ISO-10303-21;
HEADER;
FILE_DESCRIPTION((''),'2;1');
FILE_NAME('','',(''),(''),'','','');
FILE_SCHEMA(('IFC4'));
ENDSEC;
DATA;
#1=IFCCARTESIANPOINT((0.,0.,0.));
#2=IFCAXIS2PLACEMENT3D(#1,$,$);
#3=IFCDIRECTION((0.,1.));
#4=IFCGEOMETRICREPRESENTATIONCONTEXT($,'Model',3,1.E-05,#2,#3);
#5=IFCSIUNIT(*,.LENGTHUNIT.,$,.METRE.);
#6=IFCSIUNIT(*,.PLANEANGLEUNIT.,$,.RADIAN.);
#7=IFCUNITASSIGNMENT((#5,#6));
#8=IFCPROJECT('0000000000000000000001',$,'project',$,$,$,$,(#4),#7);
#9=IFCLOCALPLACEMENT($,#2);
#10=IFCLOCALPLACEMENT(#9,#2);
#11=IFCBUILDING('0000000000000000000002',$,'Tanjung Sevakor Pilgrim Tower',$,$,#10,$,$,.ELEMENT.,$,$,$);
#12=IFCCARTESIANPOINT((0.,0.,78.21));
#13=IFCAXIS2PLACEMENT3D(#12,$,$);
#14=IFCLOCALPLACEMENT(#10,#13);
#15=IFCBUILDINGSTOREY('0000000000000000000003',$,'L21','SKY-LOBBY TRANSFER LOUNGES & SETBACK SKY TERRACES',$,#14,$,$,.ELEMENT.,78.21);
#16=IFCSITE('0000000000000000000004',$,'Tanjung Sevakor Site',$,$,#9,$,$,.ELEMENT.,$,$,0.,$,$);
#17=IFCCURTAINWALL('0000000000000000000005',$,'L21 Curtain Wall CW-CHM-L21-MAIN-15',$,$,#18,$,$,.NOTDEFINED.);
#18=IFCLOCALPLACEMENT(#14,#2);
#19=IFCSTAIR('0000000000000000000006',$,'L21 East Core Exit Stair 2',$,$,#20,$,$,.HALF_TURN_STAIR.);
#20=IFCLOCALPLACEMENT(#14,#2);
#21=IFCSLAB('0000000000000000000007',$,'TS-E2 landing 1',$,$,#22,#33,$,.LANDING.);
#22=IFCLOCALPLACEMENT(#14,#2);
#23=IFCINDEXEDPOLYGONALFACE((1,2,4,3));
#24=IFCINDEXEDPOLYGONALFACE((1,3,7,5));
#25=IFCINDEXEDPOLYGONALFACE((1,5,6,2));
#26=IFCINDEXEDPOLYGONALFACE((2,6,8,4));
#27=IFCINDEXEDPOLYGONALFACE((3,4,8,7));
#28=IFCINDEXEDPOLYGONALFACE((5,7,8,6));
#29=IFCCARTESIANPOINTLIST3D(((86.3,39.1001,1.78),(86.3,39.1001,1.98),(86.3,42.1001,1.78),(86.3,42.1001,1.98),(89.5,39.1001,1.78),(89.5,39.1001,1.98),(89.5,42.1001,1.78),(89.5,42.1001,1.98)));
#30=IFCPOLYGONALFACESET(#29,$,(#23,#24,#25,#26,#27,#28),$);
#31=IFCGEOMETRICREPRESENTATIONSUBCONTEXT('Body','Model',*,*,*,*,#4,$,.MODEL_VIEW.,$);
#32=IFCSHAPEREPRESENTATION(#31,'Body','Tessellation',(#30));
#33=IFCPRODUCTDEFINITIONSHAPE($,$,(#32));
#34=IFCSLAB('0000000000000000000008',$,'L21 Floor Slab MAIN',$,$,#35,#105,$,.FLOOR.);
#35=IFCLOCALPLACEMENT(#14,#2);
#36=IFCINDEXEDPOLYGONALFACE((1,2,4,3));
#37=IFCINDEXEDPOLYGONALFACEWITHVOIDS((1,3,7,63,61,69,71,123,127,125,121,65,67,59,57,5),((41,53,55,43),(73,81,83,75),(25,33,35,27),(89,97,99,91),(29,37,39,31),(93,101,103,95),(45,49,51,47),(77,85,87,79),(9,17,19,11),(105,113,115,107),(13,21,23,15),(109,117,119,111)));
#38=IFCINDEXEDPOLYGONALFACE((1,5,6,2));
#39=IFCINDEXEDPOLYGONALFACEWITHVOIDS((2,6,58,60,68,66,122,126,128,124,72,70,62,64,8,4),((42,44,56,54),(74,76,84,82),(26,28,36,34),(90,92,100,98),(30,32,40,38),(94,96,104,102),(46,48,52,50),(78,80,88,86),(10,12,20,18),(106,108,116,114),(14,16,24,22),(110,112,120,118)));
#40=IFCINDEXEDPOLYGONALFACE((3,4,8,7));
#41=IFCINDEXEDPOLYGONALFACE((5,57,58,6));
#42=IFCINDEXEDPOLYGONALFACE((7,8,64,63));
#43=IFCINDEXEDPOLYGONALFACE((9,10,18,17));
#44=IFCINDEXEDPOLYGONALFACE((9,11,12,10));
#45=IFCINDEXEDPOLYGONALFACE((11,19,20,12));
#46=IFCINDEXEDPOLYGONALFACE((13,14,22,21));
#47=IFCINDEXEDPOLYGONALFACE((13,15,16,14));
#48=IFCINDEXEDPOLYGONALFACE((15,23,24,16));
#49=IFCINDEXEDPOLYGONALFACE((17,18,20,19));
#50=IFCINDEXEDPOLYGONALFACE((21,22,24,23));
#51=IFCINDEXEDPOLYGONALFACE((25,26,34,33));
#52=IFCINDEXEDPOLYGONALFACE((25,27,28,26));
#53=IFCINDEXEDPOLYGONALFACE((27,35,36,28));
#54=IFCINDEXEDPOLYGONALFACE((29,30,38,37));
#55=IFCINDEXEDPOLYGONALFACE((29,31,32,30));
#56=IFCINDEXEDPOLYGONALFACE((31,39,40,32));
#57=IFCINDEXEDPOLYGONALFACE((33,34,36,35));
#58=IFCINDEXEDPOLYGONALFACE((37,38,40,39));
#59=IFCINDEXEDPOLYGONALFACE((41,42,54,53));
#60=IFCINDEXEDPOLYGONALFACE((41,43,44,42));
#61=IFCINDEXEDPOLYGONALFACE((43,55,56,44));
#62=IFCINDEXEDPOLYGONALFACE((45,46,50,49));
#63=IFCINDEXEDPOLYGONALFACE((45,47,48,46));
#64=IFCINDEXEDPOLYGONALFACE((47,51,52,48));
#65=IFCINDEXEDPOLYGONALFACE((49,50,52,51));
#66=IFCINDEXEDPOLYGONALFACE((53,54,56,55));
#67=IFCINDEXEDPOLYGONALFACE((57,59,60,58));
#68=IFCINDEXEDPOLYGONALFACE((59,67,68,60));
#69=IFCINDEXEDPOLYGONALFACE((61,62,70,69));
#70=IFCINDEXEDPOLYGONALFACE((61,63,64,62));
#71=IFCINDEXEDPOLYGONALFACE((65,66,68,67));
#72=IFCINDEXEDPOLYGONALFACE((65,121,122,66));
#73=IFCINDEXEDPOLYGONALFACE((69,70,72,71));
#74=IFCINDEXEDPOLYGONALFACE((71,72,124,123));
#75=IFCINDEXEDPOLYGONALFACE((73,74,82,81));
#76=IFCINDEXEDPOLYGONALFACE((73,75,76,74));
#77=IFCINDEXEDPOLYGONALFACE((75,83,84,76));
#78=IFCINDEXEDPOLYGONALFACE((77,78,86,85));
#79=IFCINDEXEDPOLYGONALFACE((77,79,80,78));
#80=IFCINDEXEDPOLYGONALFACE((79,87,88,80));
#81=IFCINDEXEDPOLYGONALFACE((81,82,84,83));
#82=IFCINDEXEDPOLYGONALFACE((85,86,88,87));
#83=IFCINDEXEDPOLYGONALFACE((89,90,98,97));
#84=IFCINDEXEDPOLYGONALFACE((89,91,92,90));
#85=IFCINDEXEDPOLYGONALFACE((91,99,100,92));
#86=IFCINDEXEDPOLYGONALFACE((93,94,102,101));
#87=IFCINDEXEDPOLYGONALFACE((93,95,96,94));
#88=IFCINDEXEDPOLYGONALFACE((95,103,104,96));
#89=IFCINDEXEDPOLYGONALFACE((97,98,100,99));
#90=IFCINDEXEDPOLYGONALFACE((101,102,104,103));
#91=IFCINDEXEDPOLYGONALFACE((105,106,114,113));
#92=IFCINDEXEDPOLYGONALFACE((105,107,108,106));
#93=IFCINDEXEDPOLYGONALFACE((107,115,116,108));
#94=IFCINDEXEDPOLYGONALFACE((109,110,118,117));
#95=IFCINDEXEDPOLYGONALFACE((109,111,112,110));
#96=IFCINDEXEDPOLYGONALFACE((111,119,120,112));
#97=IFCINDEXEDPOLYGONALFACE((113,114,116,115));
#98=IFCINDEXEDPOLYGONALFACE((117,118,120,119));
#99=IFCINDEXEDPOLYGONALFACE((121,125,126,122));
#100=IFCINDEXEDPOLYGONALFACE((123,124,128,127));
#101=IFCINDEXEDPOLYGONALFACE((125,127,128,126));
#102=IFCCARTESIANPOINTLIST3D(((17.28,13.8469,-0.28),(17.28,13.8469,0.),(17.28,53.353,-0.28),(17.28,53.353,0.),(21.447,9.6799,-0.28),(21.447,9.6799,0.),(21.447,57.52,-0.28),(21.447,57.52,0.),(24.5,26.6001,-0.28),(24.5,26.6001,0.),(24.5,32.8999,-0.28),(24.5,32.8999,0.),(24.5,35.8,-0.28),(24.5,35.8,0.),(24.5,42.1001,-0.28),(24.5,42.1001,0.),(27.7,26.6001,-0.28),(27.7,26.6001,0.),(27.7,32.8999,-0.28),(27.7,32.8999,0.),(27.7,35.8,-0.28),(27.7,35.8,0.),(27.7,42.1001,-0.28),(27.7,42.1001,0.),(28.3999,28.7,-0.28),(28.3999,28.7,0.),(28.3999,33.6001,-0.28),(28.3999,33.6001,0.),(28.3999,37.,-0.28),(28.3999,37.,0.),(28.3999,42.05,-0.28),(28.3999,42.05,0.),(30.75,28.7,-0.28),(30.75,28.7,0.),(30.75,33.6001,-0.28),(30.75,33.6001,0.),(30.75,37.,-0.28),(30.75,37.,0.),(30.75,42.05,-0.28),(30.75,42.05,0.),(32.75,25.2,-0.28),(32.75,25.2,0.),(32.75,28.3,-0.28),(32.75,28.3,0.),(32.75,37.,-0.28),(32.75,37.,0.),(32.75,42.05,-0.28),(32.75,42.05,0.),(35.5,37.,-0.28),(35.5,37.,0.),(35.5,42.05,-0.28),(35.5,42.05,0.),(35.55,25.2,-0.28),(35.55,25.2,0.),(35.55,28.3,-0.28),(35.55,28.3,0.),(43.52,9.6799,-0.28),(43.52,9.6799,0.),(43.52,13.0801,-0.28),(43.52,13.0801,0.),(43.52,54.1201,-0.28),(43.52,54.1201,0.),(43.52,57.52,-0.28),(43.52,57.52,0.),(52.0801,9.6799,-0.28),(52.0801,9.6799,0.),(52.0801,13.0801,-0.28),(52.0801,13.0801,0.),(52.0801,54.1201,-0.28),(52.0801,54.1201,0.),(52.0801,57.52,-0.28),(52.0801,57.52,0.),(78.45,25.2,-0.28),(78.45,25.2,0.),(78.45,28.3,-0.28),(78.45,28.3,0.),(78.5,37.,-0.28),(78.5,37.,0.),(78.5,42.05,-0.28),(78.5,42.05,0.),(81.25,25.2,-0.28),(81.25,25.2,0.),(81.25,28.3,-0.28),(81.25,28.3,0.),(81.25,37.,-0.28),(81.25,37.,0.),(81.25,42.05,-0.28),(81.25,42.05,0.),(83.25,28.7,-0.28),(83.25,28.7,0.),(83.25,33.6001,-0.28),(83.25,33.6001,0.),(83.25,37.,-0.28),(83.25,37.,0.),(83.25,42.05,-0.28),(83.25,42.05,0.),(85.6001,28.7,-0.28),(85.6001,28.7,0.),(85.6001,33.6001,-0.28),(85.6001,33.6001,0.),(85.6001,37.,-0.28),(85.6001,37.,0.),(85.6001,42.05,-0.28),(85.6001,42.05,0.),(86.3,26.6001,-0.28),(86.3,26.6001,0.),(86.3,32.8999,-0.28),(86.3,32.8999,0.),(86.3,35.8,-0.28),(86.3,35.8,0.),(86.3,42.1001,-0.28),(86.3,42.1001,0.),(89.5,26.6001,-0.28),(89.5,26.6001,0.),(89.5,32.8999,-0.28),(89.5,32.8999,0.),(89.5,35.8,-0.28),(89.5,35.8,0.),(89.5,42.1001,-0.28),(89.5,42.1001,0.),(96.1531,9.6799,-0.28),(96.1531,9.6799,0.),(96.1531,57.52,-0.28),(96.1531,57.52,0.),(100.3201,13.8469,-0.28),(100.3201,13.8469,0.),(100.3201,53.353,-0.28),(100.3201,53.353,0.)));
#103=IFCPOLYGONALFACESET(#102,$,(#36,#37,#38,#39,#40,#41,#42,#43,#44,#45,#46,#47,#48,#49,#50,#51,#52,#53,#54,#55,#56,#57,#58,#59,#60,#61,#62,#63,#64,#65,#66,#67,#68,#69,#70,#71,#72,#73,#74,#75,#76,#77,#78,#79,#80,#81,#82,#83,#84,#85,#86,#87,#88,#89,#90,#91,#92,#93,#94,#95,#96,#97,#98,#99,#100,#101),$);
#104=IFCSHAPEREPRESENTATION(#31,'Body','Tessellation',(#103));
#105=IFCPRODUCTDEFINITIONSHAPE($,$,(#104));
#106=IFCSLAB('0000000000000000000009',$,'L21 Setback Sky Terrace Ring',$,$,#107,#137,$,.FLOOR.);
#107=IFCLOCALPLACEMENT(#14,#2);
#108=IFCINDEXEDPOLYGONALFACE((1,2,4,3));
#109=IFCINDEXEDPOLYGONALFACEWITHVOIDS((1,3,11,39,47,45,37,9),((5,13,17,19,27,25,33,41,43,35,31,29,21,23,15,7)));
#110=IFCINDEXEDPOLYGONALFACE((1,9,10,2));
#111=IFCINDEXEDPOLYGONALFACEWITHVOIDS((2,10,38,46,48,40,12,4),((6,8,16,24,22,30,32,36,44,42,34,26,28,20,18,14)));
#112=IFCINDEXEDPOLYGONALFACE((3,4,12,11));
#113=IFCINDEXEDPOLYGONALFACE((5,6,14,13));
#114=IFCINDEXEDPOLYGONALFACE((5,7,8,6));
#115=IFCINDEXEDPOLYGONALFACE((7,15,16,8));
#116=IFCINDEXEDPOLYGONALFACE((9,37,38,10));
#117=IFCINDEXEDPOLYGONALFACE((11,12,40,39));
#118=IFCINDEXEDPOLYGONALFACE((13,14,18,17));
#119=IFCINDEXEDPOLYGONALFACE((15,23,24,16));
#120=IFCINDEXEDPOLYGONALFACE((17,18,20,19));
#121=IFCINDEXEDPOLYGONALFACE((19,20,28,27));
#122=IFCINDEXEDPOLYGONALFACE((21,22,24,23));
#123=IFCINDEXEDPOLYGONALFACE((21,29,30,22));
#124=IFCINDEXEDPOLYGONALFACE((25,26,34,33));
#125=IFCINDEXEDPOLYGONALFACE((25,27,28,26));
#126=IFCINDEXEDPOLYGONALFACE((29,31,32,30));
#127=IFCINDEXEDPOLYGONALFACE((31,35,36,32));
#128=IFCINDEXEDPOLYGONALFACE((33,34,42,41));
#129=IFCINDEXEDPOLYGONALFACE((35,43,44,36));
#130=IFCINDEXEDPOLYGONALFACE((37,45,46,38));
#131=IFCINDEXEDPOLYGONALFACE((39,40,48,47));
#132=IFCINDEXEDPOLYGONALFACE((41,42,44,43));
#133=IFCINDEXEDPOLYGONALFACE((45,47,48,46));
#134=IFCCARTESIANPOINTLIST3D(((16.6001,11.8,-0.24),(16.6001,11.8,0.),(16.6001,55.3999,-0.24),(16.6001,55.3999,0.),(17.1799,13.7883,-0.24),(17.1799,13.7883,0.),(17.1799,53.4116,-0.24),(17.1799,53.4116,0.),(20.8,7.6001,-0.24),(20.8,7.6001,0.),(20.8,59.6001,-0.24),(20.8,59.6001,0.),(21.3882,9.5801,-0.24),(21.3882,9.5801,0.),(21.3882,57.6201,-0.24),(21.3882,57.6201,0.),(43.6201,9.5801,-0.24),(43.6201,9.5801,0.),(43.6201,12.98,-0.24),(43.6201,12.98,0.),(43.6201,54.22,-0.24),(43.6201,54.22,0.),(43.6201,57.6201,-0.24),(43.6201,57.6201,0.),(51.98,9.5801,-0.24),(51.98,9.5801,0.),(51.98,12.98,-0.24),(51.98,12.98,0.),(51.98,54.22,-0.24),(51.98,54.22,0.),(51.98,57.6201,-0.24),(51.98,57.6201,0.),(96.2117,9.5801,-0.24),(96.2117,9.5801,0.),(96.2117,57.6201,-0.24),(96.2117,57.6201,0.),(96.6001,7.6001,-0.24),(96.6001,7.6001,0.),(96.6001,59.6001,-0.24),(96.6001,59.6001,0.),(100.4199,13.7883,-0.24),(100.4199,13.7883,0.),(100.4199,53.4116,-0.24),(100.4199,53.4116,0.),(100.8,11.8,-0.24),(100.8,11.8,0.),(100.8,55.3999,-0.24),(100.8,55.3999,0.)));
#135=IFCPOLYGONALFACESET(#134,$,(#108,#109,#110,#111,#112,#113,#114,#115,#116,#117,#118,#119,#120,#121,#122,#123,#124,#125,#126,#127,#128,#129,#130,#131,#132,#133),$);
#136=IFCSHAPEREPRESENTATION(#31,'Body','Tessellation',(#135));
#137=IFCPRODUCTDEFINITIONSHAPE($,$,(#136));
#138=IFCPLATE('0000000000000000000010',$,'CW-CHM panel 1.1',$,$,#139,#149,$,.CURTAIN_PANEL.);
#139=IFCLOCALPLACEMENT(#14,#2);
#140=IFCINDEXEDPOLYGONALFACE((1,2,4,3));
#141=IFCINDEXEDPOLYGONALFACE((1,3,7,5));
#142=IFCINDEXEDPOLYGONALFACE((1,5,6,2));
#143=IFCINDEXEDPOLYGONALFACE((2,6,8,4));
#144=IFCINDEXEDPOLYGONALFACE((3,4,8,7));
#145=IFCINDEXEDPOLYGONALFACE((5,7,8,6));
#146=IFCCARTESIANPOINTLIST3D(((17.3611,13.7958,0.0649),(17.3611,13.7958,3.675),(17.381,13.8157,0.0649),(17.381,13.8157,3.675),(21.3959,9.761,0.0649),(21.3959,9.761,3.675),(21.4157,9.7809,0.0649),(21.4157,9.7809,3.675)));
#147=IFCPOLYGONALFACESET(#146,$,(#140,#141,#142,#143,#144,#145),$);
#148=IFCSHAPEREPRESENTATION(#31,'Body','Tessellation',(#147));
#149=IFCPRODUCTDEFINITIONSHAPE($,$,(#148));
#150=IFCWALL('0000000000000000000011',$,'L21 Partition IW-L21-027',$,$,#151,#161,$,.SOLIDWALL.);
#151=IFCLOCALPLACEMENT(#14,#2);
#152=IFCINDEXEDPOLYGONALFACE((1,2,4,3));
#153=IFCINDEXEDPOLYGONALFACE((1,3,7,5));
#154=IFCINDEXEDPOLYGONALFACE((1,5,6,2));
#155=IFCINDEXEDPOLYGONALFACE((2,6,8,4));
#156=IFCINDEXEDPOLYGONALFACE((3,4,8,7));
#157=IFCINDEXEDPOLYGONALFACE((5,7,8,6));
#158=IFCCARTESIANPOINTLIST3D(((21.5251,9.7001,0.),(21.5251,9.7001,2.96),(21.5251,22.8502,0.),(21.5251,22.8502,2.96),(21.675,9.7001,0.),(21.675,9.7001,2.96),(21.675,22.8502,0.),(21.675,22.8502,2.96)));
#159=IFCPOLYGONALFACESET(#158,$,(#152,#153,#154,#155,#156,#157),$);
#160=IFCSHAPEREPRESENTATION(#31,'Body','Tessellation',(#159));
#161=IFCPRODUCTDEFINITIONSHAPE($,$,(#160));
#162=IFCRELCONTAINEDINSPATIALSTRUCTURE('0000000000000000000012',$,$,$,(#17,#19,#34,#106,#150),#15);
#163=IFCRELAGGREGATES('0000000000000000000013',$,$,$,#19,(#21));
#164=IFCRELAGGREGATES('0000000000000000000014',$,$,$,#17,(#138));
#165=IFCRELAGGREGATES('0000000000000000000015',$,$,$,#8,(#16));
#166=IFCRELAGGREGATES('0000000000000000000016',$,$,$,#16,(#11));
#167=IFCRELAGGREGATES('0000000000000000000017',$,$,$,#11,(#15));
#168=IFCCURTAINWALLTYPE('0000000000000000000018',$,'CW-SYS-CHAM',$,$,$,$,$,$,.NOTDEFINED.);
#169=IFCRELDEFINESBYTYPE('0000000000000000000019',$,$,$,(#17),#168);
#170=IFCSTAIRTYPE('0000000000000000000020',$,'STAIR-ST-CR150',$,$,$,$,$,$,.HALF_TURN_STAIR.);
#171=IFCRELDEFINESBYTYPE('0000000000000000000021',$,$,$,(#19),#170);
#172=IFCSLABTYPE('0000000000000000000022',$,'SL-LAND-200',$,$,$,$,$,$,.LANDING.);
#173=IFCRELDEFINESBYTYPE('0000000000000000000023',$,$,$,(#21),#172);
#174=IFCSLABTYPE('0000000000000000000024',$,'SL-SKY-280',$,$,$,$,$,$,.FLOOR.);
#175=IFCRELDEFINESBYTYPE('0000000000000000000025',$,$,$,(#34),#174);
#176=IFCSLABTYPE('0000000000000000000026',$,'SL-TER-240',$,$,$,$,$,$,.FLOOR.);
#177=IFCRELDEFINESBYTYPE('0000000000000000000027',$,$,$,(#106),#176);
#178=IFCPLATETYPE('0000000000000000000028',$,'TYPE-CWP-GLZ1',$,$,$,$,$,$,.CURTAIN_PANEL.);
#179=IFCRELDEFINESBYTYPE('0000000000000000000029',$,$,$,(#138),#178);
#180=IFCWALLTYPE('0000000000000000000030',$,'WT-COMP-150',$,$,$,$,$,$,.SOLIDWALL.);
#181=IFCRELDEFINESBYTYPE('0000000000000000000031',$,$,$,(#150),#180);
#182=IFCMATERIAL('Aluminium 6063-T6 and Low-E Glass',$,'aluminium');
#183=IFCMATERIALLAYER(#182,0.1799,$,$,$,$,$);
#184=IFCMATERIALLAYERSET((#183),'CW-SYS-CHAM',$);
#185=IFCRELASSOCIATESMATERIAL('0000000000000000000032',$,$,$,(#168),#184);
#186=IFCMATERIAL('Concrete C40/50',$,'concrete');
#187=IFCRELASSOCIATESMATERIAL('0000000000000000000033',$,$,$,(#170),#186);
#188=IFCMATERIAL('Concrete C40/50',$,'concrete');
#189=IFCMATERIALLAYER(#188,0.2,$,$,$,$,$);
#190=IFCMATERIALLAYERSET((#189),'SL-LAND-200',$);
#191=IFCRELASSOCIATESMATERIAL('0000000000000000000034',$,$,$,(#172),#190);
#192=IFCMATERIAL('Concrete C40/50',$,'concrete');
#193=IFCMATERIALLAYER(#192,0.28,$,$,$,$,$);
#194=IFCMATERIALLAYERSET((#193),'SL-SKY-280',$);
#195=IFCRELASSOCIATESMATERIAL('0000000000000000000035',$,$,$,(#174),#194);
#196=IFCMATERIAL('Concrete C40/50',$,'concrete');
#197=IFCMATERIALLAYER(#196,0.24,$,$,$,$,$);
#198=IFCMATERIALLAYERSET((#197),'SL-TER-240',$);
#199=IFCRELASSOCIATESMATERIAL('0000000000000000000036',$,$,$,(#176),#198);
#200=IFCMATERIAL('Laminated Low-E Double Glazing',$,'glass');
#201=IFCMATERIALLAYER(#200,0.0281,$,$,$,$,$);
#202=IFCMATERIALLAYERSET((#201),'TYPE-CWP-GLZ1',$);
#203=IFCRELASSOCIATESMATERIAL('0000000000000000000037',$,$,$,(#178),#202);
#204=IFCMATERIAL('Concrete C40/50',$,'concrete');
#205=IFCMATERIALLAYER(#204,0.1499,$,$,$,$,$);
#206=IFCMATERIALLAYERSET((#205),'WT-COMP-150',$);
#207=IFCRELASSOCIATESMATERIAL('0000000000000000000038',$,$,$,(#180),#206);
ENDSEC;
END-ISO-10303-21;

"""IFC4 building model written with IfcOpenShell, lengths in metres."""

from ifc_helpers import new_model, si_unit, direction, frame, frame_2d, origin, origin_2d, place, context, subcontext, project, spatial, polyline, rectangle, outline, extrude, material, layer, layer_set, type_object, element, aggregate, save


model = new_model("IFC4")

# Units and contexts
model_context = context("Model", 3, precision=1e-05, world=origin(), true_north=direction((0.0, 1.0)))
body_context = subcontext(model_context, "Body", "Model", "MODEL_VIEW")
ifc_project = project(units=[si_unit("LENGTHUNIT", "METRE"), si_unit("PLANEANGLEUNIT", "RADIAN")], contexts=[model_context])

# Site, building, storey
site_placement = place(None, origin())
site = spatial("IfcSite", under=ifc_project, at=site_placement, Name="Tanjung Sevakor Site", CompositionType="ELEMENT", RefElevation=0.0)
building_placement = place(site_placement, origin())
building = spatial("IfcBuilding", under=site, at=building_placement, Name="Tanjung Sevakor Pilgrim Tower", CompositionType="ELEMENT")
storey_placement = place(building_placement, frame((0.0, 0.0, 78.21)))
storey = spatial("IfcBuildingStorey", under=building, at=storey_placement, Name="L21", Description="SKY-LOBBY TRANSFER LOUNGES & SETBACK SKY TERRACES", CompositionType="ELEMENT", Elevation=78.21)

# Curtain wall
ifc_material_1 = material(Name="Aluminium 6063-T6 and Low-E Glass", Category="aluminium")
ifc_layer_1 = layer(ifc_material_1, 0.1799)
ifc_layer_set_1 = layer_set([ifc_layer_1], Name="CW-SYS-CHAM")
curtain_wall_type = type_object("IfcCurtainWallType", Name="CW-SYS-CHAM", PredefinedType="NOTDEFINED", material=ifc_layer_set_1)
curtain_wall_placement = place(storey_placement, origin())
curtain_wall = element("IfcCurtainWall", 1, at=curtain_wall_placement, inside=storey, type_object=curtain_wall_type, Name="L21 Curtain Wall CW-CHM-L21-MAIN-15", PredefinedType="NOTDEFINED")

# Stair, slab
ifc_material_2 = material(Name="Concrete C40/50", Category="concrete")
stair_type = type_object("IfcStairType", Name="STAIR-ST-CR150", PredefinedType="HALF_TURN_STAIR", material=ifc_material_2)
ifc_material_3 = material(Name="Concrete C40/50", Category="concrete")
ifc_layer_2 = layer(ifc_material_3, 0.2)
ifc_layer_set_2 = layer_set([ifc_layer_2], Name="SL-LAND-200")
slab_type_1 = type_object("IfcSlabType", Name="SL-LAND-200", PredefinedType="LANDING", material=ifc_layer_set_2)
stair_1_placement = place(storey_placement, origin())
stair_1 = element("IfcStair", 2, at=stair_1_placement, inside=storey, type_object=stair_type, Name="L21 East Core Exit Stair 2", PredefinedType="HALF_TURN_STAIR")
slab_1_placement = place(storey_placement, frame((0.0, 0.0, 1.78)))
slab_1 = element("IfcSlab", 3, at=slab_1_placement, type_object=slab_type_1, Name="TS-E2 landing 1", PredefinedType="LANDING", context=body_context, shape_type="SweptSolid", body=[
    extrude(outline(polyline([(89.5, 39.1001), (89.5, 42.1001), (86.3, 42.1001), (86.3, 39.1001), (89.5, 39.1001)])), origin(), (0.0, 0.0, 1.0), 0.2),
])
aggregate(stair_1, [slab_1])

# Slabs
ifc_material_4 = material(Name="Concrete C40/50", Category="concrete")
ifc_layer_3 = layer(ifc_material_4, 0.28)
ifc_layer_set_3 = layer_set([ifc_layer_3], Name="SL-SKY-280")
slab_type_2 = type_object("IfcSlabType", Name="SL-SKY-280", PredefinedType="FLOOR", material=ifc_layer_set_3)
slab_2_placement = place(storey_placement, frame((0.0, 0.0, -0.28)))
element("IfcSlab", 4, at=slab_2_placement, inside=storey, type_object=slab_type_2, Name="L21 Floor Slab MAIN", PredefinedType="FLOOR", context=body_context, shape_type="SweptSolid", body=[
    extrude(outline(polyline([(21.447, 9.6799), (43.52, 9.6799), (43.52, 13.0801), (52.0801, 13.0801), (52.0801, 9.6799), (96.1531, 9.6799), (100.3201, 13.8469), (100.3201, 53.353), (96.1531, 57.52), (52.0801, 57.52), (52.0801, 54.1201), (43.52, 54.1201), (43.52, 57.52), (21.447, 57.52), (17.28, 53.353), (17.28, 13.8469), (21.447, 9.6799)]), holes=[polyline([(27.7, 26.6001), (27.7, 32.8999), (24.5, 32.8999), (24.5, 26.6001), (27.7, 26.6001)]), polyline([(27.7, 35.8), (27.7, 42.1001), (24.5, 42.1001), (24.5, 35.8), (27.7, 35.8)]), polyline([(89.5, 26.6001), (89.5, 32.8999), (86.3, 32.8999), (86.3, 26.6001), (89.5, 26.6001)]), polyline([(89.5, 35.8), (89.5, 42.1001), (86.3, 42.1001), (86.3, 35.8), (89.5, 35.8)]), polyline([(32.75, 25.2), (35.55, 25.2), (35.55, 28.3), (32.75, 28.3), (32.75, 25.2)]), polyline([(28.3999, 28.7), (30.75, 28.7), (30.75, 33.6001), (28.3999, 33.6001), (28.3999, 28.7)]), polyline([(28.3999, 37.0), (30.75, 37.0), (30.75, 42.05), (28.3999, 42.05), (28.3999, 37.0)]), polyline([(32.75, 37.0), (35.5, 37.0), (35.5, 42.05), (32.75, 42.05), (32.75, 37.0)]), polyline([(78.45, 25.2), (81.25, 25.2), (81.25, 28.3), (78.45, 28.3), (78.45, 25.2)]), polyline([(83.25, 28.7), (85.6001, 28.7), (85.6001, 33.6001), (83.25, 33.6001), (83.25, 28.7)]), polyline([(83.25, 37.0), (85.6001, 37.0), (85.6001, 42.05), (83.25, 42.05), (83.25, 37.0)]), polyline([(78.5, 37.0), (81.25, 37.0), (81.25, 42.05), (78.5, 42.05), (78.5, 37.0)])]), origin(), (0.0, 0.0, 1.0), 0.28),
])
ifc_material_5 = material(Name="Concrete C40/50", Category="concrete")
ifc_layer_4 = layer(ifc_material_5, 0.24)
ifc_layer_set_4 = layer_set([ifc_layer_4], Name="SL-TER-240")
slab_type_3 = type_object("IfcSlabType", Name="SL-TER-240", PredefinedType="FLOOR", material=ifc_layer_set_4)
slab_3_placement = place(storey_placement, frame((0.0, 0.0, -0.24)))
element("IfcSlab", 5, at=slab_3_placement, inside=storey, type_object=slab_type_3, Name="L21 Setback Sky Terrace Ring", PredefinedType="FLOOR", context=body_context, shape_type="SweptSolid", body=[
    extrude(outline(polyline([(20.8, 7.6001), (96.6001, 7.6001), (100.8, 11.8), (100.8, 55.3999), (96.6001, 59.6001), (20.8, 59.6001), (16.6001, 55.3999), (16.6001, 11.8), (20.8, 7.6001)]), holes=[polyline([(21.3882, 9.5801), (43.6201, 9.5801), (43.6201, 12.98), (51.98, 12.98), (51.98, 9.5801), (96.2117, 9.5801), (100.4199, 13.7883), (100.4199, 53.4116), (96.2117, 57.6201), (51.98, 57.6201), (51.98, 54.22), (43.6201, 54.22), (43.6201, 57.6201), (21.3882, 57.6201), (17.1799, 53.4116), (17.1799, 13.7883), (21.3882, 9.5801)])]), origin(), (0.0, 0.0, 1.0), 0.24),
])

# Plate
ifc_material_6 = material(Name="Laminated Low-E Double Glazing", Category="glass")
ifc_layer_5 = layer(ifc_material_6, 0.0281)
ifc_layer_set_5 = layer_set([ifc_layer_5], Name="TYPE-CWP-GLZ1")
plate_type = type_object("IfcPlateType", Name="TYPE-CWP-GLZ1", PredefinedType="CURTAIN_PANEL", material=ifc_layer_set_5)
plate_placement = place(storey_placement, frame((19.3884, 11.7883, 0.0649), z_axis=(0.0, 0.0, 1.0), x_axis=(0.707107, -0.707107, 0.0)))
plate = element("IfcPlate", 6, at=plate_placement, type_object=plate_type, Name="CW-CHM panel 1.1", PredefinedType="CURTAIN_PANEL", context=body_context, shape_type="SweptSolid", body=[
    extrude(rectangle(XDim=5.7061, YDim=0.0281, at=origin_2d()), origin(), (0.0, 0.0, 1.0), 3.6101),
])
aggregate(curtain_wall, [plate])

# Wall
ifc_material_7 = material(Name="Concrete C40/50", Category="concrete")
ifc_layer_6 = layer(ifc_material_7, 0.1499)
ifc_layer_set_6 = layer_set([ifc_layer_6], Name="WT-COMP-150")
wall_type_1 = type_object("IfcWallType", Name="WT-COMP-150", PredefinedType="SOLIDWALL", material=ifc_layer_set_6)
wall_1_placement = place(storey_placement, frame((21.6001, 9.7, 0.0), z_axis=(0.0, 0.0, 1.0), x_axis=(0.0, 1.0, 0.0)))
element("IfcWall", 7, at=wall_1_placement, inside=storey, type_object=wall_type_1, Name="L21 Partition IW-L21-027", PredefinedType="SOLIDWALL", context=body_context, shape_type="SweptSolid", body=[
    extrude(rectangle(XDim=13.1501, YDim=0.1499, at=frame_2d((6.5752, 0.0))), origin(), (0.0, 0.0, 1.0), 2.96),
])

save(model, "model.ifc")
